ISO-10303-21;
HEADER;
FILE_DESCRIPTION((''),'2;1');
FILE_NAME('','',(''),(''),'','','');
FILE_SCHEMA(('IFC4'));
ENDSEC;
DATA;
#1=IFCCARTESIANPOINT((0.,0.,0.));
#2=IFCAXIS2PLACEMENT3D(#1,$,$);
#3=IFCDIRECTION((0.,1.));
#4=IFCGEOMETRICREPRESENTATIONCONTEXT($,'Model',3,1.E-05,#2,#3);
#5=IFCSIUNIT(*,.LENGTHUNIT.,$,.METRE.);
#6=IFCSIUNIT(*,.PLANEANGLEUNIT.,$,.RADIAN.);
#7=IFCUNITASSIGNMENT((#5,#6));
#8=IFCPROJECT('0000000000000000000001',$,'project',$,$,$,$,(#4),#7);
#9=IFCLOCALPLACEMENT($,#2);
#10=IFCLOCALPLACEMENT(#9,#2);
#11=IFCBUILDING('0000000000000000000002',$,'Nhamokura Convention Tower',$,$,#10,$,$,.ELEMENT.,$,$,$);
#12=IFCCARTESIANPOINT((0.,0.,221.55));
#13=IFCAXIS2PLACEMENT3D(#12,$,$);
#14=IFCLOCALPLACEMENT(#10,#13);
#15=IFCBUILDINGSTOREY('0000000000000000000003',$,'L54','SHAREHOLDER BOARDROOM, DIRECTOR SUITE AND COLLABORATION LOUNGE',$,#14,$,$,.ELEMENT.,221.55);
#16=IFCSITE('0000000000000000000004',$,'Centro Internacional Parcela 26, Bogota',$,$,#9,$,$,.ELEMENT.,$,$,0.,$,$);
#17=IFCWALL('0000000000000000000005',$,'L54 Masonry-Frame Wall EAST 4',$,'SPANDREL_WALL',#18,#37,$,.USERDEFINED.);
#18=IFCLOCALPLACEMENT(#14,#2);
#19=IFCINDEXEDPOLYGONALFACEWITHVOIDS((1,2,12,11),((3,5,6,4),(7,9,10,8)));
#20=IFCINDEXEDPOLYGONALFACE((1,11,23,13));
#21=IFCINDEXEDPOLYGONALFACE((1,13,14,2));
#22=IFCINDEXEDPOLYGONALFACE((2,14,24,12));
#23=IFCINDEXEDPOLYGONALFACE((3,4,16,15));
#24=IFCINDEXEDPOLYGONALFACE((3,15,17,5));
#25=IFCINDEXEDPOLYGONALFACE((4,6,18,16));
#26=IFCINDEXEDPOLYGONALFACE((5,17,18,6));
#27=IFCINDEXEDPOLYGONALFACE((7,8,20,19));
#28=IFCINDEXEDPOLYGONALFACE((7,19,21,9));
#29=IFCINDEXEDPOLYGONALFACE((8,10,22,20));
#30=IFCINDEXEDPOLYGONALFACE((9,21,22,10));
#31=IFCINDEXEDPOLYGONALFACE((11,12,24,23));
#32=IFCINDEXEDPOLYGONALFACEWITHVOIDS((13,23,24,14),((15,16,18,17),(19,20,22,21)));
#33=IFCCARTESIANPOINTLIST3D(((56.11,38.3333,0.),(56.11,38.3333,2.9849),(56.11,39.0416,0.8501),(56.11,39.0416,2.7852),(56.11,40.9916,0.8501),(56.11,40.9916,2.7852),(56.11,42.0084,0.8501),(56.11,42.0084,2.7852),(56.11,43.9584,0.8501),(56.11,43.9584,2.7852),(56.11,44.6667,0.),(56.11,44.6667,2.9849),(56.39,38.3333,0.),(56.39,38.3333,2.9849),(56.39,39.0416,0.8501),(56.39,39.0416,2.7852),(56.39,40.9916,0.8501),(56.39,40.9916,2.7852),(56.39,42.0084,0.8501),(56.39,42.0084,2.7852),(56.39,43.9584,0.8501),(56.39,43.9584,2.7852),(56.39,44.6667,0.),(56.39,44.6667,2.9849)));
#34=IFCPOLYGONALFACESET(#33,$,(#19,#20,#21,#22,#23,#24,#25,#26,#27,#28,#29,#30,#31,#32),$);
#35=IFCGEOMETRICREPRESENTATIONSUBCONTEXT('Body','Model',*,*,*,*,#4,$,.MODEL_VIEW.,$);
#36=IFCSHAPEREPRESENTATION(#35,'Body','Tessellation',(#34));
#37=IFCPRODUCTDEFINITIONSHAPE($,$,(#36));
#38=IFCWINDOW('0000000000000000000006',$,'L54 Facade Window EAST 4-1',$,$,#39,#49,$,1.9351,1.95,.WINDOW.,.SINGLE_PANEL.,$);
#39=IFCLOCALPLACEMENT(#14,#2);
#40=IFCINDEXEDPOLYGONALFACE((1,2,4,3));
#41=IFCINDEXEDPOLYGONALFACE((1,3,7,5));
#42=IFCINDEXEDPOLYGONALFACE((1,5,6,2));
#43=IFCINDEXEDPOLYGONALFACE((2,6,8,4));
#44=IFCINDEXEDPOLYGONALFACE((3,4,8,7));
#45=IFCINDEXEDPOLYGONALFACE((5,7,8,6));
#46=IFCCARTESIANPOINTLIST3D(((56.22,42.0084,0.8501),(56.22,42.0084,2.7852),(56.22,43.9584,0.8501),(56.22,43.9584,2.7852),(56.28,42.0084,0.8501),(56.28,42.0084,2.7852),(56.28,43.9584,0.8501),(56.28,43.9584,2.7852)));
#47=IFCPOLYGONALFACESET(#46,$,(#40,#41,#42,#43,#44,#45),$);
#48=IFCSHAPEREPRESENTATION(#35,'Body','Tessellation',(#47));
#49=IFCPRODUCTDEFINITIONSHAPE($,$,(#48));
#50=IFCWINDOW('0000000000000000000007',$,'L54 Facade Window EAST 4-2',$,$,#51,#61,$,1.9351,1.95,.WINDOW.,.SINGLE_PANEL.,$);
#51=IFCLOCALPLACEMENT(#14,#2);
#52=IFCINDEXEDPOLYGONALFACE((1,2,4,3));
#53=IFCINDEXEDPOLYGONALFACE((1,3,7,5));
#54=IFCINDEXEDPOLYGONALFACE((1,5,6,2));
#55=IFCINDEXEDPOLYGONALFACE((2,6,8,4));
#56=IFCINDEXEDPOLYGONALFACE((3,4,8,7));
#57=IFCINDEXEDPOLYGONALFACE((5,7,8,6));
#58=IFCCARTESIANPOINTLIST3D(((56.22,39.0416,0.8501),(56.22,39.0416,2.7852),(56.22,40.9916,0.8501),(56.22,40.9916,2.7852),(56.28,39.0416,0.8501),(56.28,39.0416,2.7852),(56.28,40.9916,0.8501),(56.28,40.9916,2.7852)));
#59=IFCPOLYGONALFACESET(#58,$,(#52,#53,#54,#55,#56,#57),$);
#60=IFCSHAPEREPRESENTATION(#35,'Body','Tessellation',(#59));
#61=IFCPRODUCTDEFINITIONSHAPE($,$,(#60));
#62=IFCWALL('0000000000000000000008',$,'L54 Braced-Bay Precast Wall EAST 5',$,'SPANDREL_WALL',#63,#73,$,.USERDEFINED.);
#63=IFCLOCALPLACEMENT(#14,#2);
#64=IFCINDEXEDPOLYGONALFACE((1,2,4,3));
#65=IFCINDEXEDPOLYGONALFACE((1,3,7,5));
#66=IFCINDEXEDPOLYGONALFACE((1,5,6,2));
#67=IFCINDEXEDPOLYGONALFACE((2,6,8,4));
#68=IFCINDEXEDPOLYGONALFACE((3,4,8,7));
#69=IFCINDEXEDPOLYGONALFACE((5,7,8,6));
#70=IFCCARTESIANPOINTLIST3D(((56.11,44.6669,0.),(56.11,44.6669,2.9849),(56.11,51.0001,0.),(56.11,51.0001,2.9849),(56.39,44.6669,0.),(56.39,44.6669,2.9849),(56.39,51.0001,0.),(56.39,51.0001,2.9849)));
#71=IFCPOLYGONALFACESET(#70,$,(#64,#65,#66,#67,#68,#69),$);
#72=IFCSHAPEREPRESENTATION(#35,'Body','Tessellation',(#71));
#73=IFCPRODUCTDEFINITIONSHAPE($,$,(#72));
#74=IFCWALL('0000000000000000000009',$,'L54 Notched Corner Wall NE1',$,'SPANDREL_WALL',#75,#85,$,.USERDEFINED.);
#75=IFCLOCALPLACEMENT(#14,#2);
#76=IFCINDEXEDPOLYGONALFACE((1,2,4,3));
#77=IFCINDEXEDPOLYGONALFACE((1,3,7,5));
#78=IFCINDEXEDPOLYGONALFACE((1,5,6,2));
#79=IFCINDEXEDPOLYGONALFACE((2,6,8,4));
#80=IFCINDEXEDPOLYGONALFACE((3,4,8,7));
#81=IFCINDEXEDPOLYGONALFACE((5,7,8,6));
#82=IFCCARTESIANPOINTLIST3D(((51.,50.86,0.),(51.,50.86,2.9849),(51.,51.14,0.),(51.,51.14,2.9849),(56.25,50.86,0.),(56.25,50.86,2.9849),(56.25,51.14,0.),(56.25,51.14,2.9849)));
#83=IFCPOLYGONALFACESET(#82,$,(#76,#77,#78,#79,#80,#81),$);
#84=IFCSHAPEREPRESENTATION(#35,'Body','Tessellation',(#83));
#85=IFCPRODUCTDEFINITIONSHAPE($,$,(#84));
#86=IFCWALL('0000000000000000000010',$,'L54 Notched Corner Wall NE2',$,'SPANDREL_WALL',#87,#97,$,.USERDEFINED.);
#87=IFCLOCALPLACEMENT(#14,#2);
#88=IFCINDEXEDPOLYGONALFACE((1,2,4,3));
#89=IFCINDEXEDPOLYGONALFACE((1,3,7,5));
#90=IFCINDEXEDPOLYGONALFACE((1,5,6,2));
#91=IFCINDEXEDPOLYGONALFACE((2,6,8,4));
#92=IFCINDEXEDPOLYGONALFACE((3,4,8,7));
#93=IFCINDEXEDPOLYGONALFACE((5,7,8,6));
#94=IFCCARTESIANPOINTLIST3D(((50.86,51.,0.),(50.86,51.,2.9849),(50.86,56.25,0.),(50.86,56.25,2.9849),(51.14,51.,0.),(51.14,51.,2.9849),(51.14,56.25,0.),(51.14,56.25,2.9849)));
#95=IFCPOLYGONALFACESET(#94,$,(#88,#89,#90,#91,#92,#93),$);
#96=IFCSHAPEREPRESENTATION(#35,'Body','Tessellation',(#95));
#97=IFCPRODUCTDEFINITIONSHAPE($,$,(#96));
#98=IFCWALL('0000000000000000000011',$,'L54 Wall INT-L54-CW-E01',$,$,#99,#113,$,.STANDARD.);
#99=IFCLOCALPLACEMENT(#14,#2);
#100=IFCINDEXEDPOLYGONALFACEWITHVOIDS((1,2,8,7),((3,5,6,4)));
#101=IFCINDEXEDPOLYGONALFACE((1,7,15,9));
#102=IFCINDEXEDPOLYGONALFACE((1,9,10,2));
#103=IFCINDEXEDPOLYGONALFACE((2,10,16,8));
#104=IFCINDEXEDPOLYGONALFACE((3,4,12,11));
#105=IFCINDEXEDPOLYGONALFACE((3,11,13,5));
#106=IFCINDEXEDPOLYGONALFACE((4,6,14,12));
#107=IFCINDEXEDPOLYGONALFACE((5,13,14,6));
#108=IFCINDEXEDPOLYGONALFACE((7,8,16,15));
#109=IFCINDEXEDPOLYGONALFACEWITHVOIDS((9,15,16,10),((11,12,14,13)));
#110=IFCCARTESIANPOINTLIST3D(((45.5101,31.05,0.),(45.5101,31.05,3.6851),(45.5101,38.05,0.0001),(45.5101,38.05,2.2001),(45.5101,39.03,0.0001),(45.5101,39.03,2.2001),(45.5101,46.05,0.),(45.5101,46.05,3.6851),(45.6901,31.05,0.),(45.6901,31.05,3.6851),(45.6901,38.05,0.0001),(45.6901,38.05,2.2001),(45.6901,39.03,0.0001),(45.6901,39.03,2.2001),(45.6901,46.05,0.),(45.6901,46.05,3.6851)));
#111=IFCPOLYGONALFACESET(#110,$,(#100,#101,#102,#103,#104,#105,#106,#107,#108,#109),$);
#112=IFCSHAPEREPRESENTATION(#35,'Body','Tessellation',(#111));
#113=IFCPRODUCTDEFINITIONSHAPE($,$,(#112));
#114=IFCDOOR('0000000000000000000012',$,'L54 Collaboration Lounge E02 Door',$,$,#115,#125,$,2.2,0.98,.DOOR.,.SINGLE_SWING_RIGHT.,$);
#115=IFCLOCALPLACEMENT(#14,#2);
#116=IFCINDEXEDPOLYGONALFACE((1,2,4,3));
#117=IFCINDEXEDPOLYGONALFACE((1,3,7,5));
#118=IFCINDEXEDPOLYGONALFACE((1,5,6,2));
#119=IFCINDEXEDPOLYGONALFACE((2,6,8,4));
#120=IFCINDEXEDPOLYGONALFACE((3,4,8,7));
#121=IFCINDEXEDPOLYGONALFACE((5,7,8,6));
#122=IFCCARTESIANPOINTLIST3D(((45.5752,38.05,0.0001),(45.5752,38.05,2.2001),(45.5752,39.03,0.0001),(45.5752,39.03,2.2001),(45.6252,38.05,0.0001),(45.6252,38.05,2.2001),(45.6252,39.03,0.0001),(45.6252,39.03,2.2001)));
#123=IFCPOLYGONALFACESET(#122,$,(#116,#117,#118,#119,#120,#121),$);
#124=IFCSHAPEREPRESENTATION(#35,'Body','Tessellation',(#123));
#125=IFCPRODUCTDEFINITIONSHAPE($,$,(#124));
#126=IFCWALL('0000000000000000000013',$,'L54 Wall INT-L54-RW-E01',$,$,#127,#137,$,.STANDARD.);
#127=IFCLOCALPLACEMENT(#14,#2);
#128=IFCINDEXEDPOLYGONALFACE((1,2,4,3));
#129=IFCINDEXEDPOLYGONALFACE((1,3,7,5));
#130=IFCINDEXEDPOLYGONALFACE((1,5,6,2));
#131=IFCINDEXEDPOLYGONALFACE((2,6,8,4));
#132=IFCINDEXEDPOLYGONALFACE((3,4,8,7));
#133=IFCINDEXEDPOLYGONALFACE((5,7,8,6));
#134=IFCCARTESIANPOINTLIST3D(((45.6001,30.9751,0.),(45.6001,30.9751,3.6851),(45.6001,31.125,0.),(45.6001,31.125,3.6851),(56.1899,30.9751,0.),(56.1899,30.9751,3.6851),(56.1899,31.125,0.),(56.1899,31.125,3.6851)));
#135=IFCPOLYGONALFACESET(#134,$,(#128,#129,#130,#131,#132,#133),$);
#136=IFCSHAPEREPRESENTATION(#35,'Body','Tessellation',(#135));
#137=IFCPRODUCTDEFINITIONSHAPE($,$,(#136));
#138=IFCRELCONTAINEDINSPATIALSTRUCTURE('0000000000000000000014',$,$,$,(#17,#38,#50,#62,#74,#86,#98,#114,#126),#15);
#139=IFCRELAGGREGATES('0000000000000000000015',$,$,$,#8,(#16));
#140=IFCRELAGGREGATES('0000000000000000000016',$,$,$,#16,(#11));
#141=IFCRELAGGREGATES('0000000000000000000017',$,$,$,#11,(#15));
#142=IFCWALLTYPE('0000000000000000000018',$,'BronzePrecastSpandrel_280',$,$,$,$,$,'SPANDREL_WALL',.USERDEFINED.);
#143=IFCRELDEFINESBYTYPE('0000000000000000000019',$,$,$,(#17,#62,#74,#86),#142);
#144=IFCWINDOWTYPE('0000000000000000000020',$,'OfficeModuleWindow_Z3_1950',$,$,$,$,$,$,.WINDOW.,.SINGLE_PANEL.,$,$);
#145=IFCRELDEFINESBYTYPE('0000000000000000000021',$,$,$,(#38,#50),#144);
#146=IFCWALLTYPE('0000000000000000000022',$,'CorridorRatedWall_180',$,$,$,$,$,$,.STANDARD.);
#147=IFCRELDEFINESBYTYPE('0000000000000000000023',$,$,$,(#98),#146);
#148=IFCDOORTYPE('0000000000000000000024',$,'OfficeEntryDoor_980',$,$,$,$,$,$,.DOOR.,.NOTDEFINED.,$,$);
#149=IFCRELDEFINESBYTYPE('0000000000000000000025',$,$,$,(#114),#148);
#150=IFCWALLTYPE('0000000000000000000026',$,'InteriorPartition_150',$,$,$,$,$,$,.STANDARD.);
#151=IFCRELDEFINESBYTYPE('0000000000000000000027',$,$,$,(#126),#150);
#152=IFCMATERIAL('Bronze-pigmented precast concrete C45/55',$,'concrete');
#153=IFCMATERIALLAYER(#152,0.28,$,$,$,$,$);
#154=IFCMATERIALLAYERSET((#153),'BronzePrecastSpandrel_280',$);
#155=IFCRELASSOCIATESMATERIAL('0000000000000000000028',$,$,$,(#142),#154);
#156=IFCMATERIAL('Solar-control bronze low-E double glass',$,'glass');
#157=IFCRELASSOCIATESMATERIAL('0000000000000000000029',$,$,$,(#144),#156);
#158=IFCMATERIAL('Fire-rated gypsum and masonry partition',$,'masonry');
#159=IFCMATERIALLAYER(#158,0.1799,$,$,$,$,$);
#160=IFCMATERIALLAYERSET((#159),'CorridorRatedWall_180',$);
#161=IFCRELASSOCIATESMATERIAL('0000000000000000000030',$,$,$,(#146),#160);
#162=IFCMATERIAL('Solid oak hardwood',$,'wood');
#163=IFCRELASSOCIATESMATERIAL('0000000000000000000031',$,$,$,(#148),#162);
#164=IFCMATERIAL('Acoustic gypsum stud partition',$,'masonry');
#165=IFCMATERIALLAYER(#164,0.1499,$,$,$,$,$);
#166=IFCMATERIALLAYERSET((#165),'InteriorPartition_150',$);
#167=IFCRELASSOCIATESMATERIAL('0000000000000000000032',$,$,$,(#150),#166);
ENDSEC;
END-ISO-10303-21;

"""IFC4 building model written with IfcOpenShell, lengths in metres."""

from ifc_helpers import new_model, si_unit, direction, frame, frame_2d, origin, place, context, subcontext, project, spatial, rectangle, extrude, material, layer, layer_set, type_object, element, fill, save


model = new_model("IFC4")

# Units and contexts
model_context = context("Model", 3, precision=1e-05, world=origin(), true_north=direction((0.0, 1.0)))
body_context = subcontext(model_context, "Body", "Model", "MODEL_VIEW")
ifc_project = project(units=[si_unit("LENGTHUNIT", "METRE"), si_unit("PLANEANGLEUNIT", "RADIAN")], contexts=[model_context])

# Site, building, storey
site_placement = place(None, origin())
site = spatial("IfcSite", under=ifc_project, at=site_placement, Name="Centro Internacional Parcela 26, Bogota", CompositionType="ELEMENT", RefElevation=0.0)
building_placement = place(site_placement, origin())
building = spatial("IfcBuilding", under=site, at=building_placement, Name="Nhamokura Convention Tower", CompositionType="ELEMENT")
storey_placement = place(building_placement, frame((0.0, 0.0, 221.55)))
storey = spatial("IfcBuildingStorey", under=building, at=storey_placement, Name="L54", Description="SHAREHOLDER BOARDROOM, DIRECTOR SUITE AND COLLABORATION LOUNGE", CompositionType="ELEMENT", Elevation=221.55)

# Shared definitions
ifc_material_1 = material(Name="Bronze-pigmented precast concrete C45/55", Category="concrete")
ifc_layer_1 = layer(ifc_material_1, 0.28)
ifc_layer_set_1 = layer_set([ifc_layer_1], Name="BronzePrecastSpandrel_280")
wall_type_1 = type_object("IfcWallType", Name="BronzePrecastSpandrel_280", ElementType="SPANDREL_WALL", PredefinedType="USERDEFINED", material=ifc_layer_set_1)

# Wall, openings, windows
wall_1_placement = place(storey_placement, frame((56.25, 44.6667, 0.0), z_axis=(0.0, 0.0, 1.0), x_axis=(0.0, -1.0, 0.0)))
wall_1 = element("IfcWall", 1, at=wall_1_placement, inside=storey, type_object=wall_type_1, Name="L54 Masonry-Frame Wall EAST 4", ObjectType="SPANDREL_WALL", PredefinedType="USERDEFINED", context=body_context, shape_type="SweptSolid", body=[
    extrude(rectangle(XDim=6.3335, YDim=0.28, at=frame_2d((3.1667, 0.0))), origin(), (0.0, 0.0, 1.0), 2.9849),
])
opening_1_placement = place(wall_1_placement, frame((0.7083, 0.0, 0.8501)))
opening_1 = element("IfcOpeningElement", 2, at=opening_1_placement, cuts=wall_1, PredefinedType="OPENING", context=body_context, shape_type="SweptSolid", body=[
    extrude(rectangle(XDim=1.95, YDim=1.9351, at=frame_2d((0.9751, 0.9675))), frame((0.0, 0.1499, 0.0), z_axis=(0.0, -1.0, 0.0), x_axis=(1.0, 0.0, 0.0)), (0.0, 0.0, 1.0), 0.3),
])
opening_2_placement = place(wall_1_placement, frame((3.675, 0.0, 0.8501)))
opening_2 = element("IfcOpeningElement", 3, at=opening_2_placement, cuts=wall_1, PredefinedType="OPENING", context=body_context, shape_type="SweptSolid", body=[
    extrude(rectangle(XDim=1.95, YDim=1.9351, at=frame_2d((0.9751, 0.9675))), frame((0.0, 0.1499, 0.0), z_axis=(0.0, -1.0, 0.0), x_axis=(1.0, 0.0, 0.0)), (0.0, 0.0, 1.0), 0.3),
])
ifc_material_2 = material(Name="Solar-control bronze low-E double glass", Category="glass")
window_type_1 = type_object("IfcWindowType", Name="OfficeModuleWindow_Z3_1950", PartitioningType="SINGLE_PANEL", PredefinedType="WINDOW", material=ifc_material_2)
window_1_placement = place(opening_1_placement, origin())
window_1 = element("IfcWindow", 4, at=window_1_placement, inside=storey, type_object=window_type_1, Name="L54 Facade Window EAST 4-1", OverallHeight=1.9351, OverallWidth=1.95, PartitioningType="SINGLE_PANEL", PredefinedType="WINDOW", context=body_context, shape_type="SweptSolid", body=[
    extrude(rectangle(XDim=1.95, YDim=1.9351, at=frame_2d((0.9751, 0.9675))), frame((0.0, 0.03, 0.0), z_axis=(0.0, -1.0, 0.0), x_axis=(1.0, 0.0, 0.0)), (0.0, 0.0, 1.0), 0.0601),
])
fill(opening_1, window_1)
window_2_placement = place(opening_2_placement, origin())
window_2 = element("IfcWindow", 5, at=window_2_placement, inside=storey, type_object=window_type_1, Name="L54 Facade Window EAST 4-2", OverallHeight=1.9351, OverallWidth=1.95, PartitioningType="SINGLE_PANEL", PredefinedType="WINDOW", context=body_context, shape_type="SweptSolid", body=[
    extrude(rectangle(XDim=1.95, YDim=1.9351, at=frame_2d((0.9751, 0.9675))), frame((0.0, 0.03, 0.0), z_axis=(0.0, -1.0, 0.0), x_axis=(1.0, 0.0, 0.0)), (0.0, 0.0, 1.0), 0.0601),
])
fill(opening_2, window_2)

# Walls
wall_2_placement = place(storey_placement, frame((56.25, 51.0, 0.0), z_axis=(0.0, 0.0, 1.0), x_axis=(0.0, -1.0, 0.0)))
element("IfcWall", 6, at=wall_2_placement, inside=storey, type_object=wall_type_1, Name="L54 Braced-Bay Precast Wall EAST 5", ObjectType="SPANDREL_WALL", PredefinedType="USERDEFINED", context=body_context, shape_type="SweptSolid", body=[
    extrude(rectangle(XDim=6.3333, YDim=0.28, at=frame_2d((3.1665, 0.0))), origin(), (0.0, 0.0, 1.0), 2.9849),
])
for number, where, z_axis, x_axis, name in (
    (7, (51.0, 51.0, 0.0), (0.0, 0.0, 1.0), (1.0, 0.0, 0.0), "L54 Notched Corner Wall NE1"),
    (8, (51.0, 56.25, 0.0), (0.0, 0.0, 1.0), (0.0, -1.0, 0.0), "L54 Notched Corner Wall NE2"),
):
    element("IfcWall", number, at=place(storey_placement, frame(where, z_axis=z_axis, x_axis=x_axis)), inside=storey, type_object=wall_type_1, Name=name, ObjectType="SPANDREL_WALL", PredefinedType="USERDEFINED", context=body_context, shape_type="SweptSolid", body=[
        extrude(rectangle(XDim=5.25, YDim=0.28, at=frame_2d((2.625, 0.0))), origin(), (0.0, 0.0, 1.0), 2.9849),
    ])

# Wall, opening, door
ifc_material_3 = material(Name="Fire-rated gypsum and masonry partition", Category="masonry")
ifc_layer_2 = layer(ifc_material_3, 0.1799)
ifc_layer_set_2 = layer_set([ifc_layer_2], Name="CorridorRatedWall_180")
wall_type_2 = type_object("IfcWallType", Name="CorridorRatedWall_180", PredefinedType="STANDARD", material=ifc_layer_set_2)
wall_3_placement = place(storey_placement, frame((45.6001, 31.05, 0.0), z_axis=(0.0, 0.0, 1.0), x_axis=(0.0, 1.0, 0.0)))
wall_3 = element("IfcWall", 9, at=wall_3_placement, inside=storey, type_object=wall_type_2, Name="L54 Wall INT-L54-CW-E01", PredefinedType="STANDARD", context=body_context, shape_type="SweptSolid", body=[
    extrude(rectangle(XDim=15.0, YDim=0.1799, at=frame_2d((7.5, 0.0))), origin(), (0.0, 0.0, 1.0), 3.6851),
])
opening_3_placement = place(wall_3_placement, frame((7.0, 0.0, 0.0)))
opening_3 = element("IfcOpeningElement", 10, at=opening_3_placement, cuts=wall_3, PredefinedType="OPENING", context=body_context, shape_type="SweptSolid", body=[
    extrude(rectangle(XDim=0.98, YDim=2.2, at=frame_2d((0.49, 1.1001))), frame((0.0, 0.0999, 0.0), z_axis=(0.0, -1.0, 0.0), x_axis=(1.0, 0.0, 0.0)), (0.0, 0.0, 1.0), 0.2),
])
ifc_material_4 = material(Name="Solid oak hardwood", Category="wood")
door_type = type_object("IfcDoorType", Name="OfficeEntryDoor_980", OperationType="NOTDEFINED", PredefinedType="DOOR", material=ifc_material_4)
door_placement = place(opening_3_placement, origin())
door = element("IfcDoor", 11, at=door_placement, inside=storey, type_object=door_type, Name="L54 Collaboration Lounge E02 Door", OperationType="SINGLE_SWING_RIGHT", OverallHeight=2.2, OverallWidth=0.98, PredefinedType="DOOR", context=body_context, shape_type="SweptSolid", body=[
    extrude(rectangle(XDim=0.98, YDim=2.2, at=frame_2d((0.49, 1.1001))), frame((0.0, 0.0249, 0.0), z_axis=(0.0, -1.0, 0.0), x_axis=(1.0, 0.0, 0.0)), (0.0, 0.0, 1.0), 0.05),
])
fill(opening_3, door)

# Wall
ifc_material_5 = material(Name="Acoustic gypsum stud partition", Category="masonry")
ifc_layer_3 = layer(ifc_material_5, 0.1499)
ifc_layer_set_3 = layer_set([ifc_layer_3], Name="InteriorPartition_150")
wall_type_3 = type_object("IfcWallType", Name="InteriorPartition_150", PredefinedType="STANDARD", material=ifc_layer_set_3)
wall_4_placement = place(storey_placement, frame((45.6001, 31.05, 0.0), z_axis=(0.0, 0.0, 1.0), x_axis=(1.0, 0.0, 0.0)))
element("IfcWall", 12, at=wall_4_placement, inside=storey, type_object=wall_type_3, Name="L54 Wall INT-L54-RW-E01", PredefinedType="STANDARD", context=body_context, shape_type="SweptSolid", body=[
    extrude(rectangle(XDim=10.5898, YDim=0.1499, at=frame_2d((5.2949, 0.0))), origin(), (0.0, 0.0, 1.0), 3.6851),
])

save(model, "model.ifc")
